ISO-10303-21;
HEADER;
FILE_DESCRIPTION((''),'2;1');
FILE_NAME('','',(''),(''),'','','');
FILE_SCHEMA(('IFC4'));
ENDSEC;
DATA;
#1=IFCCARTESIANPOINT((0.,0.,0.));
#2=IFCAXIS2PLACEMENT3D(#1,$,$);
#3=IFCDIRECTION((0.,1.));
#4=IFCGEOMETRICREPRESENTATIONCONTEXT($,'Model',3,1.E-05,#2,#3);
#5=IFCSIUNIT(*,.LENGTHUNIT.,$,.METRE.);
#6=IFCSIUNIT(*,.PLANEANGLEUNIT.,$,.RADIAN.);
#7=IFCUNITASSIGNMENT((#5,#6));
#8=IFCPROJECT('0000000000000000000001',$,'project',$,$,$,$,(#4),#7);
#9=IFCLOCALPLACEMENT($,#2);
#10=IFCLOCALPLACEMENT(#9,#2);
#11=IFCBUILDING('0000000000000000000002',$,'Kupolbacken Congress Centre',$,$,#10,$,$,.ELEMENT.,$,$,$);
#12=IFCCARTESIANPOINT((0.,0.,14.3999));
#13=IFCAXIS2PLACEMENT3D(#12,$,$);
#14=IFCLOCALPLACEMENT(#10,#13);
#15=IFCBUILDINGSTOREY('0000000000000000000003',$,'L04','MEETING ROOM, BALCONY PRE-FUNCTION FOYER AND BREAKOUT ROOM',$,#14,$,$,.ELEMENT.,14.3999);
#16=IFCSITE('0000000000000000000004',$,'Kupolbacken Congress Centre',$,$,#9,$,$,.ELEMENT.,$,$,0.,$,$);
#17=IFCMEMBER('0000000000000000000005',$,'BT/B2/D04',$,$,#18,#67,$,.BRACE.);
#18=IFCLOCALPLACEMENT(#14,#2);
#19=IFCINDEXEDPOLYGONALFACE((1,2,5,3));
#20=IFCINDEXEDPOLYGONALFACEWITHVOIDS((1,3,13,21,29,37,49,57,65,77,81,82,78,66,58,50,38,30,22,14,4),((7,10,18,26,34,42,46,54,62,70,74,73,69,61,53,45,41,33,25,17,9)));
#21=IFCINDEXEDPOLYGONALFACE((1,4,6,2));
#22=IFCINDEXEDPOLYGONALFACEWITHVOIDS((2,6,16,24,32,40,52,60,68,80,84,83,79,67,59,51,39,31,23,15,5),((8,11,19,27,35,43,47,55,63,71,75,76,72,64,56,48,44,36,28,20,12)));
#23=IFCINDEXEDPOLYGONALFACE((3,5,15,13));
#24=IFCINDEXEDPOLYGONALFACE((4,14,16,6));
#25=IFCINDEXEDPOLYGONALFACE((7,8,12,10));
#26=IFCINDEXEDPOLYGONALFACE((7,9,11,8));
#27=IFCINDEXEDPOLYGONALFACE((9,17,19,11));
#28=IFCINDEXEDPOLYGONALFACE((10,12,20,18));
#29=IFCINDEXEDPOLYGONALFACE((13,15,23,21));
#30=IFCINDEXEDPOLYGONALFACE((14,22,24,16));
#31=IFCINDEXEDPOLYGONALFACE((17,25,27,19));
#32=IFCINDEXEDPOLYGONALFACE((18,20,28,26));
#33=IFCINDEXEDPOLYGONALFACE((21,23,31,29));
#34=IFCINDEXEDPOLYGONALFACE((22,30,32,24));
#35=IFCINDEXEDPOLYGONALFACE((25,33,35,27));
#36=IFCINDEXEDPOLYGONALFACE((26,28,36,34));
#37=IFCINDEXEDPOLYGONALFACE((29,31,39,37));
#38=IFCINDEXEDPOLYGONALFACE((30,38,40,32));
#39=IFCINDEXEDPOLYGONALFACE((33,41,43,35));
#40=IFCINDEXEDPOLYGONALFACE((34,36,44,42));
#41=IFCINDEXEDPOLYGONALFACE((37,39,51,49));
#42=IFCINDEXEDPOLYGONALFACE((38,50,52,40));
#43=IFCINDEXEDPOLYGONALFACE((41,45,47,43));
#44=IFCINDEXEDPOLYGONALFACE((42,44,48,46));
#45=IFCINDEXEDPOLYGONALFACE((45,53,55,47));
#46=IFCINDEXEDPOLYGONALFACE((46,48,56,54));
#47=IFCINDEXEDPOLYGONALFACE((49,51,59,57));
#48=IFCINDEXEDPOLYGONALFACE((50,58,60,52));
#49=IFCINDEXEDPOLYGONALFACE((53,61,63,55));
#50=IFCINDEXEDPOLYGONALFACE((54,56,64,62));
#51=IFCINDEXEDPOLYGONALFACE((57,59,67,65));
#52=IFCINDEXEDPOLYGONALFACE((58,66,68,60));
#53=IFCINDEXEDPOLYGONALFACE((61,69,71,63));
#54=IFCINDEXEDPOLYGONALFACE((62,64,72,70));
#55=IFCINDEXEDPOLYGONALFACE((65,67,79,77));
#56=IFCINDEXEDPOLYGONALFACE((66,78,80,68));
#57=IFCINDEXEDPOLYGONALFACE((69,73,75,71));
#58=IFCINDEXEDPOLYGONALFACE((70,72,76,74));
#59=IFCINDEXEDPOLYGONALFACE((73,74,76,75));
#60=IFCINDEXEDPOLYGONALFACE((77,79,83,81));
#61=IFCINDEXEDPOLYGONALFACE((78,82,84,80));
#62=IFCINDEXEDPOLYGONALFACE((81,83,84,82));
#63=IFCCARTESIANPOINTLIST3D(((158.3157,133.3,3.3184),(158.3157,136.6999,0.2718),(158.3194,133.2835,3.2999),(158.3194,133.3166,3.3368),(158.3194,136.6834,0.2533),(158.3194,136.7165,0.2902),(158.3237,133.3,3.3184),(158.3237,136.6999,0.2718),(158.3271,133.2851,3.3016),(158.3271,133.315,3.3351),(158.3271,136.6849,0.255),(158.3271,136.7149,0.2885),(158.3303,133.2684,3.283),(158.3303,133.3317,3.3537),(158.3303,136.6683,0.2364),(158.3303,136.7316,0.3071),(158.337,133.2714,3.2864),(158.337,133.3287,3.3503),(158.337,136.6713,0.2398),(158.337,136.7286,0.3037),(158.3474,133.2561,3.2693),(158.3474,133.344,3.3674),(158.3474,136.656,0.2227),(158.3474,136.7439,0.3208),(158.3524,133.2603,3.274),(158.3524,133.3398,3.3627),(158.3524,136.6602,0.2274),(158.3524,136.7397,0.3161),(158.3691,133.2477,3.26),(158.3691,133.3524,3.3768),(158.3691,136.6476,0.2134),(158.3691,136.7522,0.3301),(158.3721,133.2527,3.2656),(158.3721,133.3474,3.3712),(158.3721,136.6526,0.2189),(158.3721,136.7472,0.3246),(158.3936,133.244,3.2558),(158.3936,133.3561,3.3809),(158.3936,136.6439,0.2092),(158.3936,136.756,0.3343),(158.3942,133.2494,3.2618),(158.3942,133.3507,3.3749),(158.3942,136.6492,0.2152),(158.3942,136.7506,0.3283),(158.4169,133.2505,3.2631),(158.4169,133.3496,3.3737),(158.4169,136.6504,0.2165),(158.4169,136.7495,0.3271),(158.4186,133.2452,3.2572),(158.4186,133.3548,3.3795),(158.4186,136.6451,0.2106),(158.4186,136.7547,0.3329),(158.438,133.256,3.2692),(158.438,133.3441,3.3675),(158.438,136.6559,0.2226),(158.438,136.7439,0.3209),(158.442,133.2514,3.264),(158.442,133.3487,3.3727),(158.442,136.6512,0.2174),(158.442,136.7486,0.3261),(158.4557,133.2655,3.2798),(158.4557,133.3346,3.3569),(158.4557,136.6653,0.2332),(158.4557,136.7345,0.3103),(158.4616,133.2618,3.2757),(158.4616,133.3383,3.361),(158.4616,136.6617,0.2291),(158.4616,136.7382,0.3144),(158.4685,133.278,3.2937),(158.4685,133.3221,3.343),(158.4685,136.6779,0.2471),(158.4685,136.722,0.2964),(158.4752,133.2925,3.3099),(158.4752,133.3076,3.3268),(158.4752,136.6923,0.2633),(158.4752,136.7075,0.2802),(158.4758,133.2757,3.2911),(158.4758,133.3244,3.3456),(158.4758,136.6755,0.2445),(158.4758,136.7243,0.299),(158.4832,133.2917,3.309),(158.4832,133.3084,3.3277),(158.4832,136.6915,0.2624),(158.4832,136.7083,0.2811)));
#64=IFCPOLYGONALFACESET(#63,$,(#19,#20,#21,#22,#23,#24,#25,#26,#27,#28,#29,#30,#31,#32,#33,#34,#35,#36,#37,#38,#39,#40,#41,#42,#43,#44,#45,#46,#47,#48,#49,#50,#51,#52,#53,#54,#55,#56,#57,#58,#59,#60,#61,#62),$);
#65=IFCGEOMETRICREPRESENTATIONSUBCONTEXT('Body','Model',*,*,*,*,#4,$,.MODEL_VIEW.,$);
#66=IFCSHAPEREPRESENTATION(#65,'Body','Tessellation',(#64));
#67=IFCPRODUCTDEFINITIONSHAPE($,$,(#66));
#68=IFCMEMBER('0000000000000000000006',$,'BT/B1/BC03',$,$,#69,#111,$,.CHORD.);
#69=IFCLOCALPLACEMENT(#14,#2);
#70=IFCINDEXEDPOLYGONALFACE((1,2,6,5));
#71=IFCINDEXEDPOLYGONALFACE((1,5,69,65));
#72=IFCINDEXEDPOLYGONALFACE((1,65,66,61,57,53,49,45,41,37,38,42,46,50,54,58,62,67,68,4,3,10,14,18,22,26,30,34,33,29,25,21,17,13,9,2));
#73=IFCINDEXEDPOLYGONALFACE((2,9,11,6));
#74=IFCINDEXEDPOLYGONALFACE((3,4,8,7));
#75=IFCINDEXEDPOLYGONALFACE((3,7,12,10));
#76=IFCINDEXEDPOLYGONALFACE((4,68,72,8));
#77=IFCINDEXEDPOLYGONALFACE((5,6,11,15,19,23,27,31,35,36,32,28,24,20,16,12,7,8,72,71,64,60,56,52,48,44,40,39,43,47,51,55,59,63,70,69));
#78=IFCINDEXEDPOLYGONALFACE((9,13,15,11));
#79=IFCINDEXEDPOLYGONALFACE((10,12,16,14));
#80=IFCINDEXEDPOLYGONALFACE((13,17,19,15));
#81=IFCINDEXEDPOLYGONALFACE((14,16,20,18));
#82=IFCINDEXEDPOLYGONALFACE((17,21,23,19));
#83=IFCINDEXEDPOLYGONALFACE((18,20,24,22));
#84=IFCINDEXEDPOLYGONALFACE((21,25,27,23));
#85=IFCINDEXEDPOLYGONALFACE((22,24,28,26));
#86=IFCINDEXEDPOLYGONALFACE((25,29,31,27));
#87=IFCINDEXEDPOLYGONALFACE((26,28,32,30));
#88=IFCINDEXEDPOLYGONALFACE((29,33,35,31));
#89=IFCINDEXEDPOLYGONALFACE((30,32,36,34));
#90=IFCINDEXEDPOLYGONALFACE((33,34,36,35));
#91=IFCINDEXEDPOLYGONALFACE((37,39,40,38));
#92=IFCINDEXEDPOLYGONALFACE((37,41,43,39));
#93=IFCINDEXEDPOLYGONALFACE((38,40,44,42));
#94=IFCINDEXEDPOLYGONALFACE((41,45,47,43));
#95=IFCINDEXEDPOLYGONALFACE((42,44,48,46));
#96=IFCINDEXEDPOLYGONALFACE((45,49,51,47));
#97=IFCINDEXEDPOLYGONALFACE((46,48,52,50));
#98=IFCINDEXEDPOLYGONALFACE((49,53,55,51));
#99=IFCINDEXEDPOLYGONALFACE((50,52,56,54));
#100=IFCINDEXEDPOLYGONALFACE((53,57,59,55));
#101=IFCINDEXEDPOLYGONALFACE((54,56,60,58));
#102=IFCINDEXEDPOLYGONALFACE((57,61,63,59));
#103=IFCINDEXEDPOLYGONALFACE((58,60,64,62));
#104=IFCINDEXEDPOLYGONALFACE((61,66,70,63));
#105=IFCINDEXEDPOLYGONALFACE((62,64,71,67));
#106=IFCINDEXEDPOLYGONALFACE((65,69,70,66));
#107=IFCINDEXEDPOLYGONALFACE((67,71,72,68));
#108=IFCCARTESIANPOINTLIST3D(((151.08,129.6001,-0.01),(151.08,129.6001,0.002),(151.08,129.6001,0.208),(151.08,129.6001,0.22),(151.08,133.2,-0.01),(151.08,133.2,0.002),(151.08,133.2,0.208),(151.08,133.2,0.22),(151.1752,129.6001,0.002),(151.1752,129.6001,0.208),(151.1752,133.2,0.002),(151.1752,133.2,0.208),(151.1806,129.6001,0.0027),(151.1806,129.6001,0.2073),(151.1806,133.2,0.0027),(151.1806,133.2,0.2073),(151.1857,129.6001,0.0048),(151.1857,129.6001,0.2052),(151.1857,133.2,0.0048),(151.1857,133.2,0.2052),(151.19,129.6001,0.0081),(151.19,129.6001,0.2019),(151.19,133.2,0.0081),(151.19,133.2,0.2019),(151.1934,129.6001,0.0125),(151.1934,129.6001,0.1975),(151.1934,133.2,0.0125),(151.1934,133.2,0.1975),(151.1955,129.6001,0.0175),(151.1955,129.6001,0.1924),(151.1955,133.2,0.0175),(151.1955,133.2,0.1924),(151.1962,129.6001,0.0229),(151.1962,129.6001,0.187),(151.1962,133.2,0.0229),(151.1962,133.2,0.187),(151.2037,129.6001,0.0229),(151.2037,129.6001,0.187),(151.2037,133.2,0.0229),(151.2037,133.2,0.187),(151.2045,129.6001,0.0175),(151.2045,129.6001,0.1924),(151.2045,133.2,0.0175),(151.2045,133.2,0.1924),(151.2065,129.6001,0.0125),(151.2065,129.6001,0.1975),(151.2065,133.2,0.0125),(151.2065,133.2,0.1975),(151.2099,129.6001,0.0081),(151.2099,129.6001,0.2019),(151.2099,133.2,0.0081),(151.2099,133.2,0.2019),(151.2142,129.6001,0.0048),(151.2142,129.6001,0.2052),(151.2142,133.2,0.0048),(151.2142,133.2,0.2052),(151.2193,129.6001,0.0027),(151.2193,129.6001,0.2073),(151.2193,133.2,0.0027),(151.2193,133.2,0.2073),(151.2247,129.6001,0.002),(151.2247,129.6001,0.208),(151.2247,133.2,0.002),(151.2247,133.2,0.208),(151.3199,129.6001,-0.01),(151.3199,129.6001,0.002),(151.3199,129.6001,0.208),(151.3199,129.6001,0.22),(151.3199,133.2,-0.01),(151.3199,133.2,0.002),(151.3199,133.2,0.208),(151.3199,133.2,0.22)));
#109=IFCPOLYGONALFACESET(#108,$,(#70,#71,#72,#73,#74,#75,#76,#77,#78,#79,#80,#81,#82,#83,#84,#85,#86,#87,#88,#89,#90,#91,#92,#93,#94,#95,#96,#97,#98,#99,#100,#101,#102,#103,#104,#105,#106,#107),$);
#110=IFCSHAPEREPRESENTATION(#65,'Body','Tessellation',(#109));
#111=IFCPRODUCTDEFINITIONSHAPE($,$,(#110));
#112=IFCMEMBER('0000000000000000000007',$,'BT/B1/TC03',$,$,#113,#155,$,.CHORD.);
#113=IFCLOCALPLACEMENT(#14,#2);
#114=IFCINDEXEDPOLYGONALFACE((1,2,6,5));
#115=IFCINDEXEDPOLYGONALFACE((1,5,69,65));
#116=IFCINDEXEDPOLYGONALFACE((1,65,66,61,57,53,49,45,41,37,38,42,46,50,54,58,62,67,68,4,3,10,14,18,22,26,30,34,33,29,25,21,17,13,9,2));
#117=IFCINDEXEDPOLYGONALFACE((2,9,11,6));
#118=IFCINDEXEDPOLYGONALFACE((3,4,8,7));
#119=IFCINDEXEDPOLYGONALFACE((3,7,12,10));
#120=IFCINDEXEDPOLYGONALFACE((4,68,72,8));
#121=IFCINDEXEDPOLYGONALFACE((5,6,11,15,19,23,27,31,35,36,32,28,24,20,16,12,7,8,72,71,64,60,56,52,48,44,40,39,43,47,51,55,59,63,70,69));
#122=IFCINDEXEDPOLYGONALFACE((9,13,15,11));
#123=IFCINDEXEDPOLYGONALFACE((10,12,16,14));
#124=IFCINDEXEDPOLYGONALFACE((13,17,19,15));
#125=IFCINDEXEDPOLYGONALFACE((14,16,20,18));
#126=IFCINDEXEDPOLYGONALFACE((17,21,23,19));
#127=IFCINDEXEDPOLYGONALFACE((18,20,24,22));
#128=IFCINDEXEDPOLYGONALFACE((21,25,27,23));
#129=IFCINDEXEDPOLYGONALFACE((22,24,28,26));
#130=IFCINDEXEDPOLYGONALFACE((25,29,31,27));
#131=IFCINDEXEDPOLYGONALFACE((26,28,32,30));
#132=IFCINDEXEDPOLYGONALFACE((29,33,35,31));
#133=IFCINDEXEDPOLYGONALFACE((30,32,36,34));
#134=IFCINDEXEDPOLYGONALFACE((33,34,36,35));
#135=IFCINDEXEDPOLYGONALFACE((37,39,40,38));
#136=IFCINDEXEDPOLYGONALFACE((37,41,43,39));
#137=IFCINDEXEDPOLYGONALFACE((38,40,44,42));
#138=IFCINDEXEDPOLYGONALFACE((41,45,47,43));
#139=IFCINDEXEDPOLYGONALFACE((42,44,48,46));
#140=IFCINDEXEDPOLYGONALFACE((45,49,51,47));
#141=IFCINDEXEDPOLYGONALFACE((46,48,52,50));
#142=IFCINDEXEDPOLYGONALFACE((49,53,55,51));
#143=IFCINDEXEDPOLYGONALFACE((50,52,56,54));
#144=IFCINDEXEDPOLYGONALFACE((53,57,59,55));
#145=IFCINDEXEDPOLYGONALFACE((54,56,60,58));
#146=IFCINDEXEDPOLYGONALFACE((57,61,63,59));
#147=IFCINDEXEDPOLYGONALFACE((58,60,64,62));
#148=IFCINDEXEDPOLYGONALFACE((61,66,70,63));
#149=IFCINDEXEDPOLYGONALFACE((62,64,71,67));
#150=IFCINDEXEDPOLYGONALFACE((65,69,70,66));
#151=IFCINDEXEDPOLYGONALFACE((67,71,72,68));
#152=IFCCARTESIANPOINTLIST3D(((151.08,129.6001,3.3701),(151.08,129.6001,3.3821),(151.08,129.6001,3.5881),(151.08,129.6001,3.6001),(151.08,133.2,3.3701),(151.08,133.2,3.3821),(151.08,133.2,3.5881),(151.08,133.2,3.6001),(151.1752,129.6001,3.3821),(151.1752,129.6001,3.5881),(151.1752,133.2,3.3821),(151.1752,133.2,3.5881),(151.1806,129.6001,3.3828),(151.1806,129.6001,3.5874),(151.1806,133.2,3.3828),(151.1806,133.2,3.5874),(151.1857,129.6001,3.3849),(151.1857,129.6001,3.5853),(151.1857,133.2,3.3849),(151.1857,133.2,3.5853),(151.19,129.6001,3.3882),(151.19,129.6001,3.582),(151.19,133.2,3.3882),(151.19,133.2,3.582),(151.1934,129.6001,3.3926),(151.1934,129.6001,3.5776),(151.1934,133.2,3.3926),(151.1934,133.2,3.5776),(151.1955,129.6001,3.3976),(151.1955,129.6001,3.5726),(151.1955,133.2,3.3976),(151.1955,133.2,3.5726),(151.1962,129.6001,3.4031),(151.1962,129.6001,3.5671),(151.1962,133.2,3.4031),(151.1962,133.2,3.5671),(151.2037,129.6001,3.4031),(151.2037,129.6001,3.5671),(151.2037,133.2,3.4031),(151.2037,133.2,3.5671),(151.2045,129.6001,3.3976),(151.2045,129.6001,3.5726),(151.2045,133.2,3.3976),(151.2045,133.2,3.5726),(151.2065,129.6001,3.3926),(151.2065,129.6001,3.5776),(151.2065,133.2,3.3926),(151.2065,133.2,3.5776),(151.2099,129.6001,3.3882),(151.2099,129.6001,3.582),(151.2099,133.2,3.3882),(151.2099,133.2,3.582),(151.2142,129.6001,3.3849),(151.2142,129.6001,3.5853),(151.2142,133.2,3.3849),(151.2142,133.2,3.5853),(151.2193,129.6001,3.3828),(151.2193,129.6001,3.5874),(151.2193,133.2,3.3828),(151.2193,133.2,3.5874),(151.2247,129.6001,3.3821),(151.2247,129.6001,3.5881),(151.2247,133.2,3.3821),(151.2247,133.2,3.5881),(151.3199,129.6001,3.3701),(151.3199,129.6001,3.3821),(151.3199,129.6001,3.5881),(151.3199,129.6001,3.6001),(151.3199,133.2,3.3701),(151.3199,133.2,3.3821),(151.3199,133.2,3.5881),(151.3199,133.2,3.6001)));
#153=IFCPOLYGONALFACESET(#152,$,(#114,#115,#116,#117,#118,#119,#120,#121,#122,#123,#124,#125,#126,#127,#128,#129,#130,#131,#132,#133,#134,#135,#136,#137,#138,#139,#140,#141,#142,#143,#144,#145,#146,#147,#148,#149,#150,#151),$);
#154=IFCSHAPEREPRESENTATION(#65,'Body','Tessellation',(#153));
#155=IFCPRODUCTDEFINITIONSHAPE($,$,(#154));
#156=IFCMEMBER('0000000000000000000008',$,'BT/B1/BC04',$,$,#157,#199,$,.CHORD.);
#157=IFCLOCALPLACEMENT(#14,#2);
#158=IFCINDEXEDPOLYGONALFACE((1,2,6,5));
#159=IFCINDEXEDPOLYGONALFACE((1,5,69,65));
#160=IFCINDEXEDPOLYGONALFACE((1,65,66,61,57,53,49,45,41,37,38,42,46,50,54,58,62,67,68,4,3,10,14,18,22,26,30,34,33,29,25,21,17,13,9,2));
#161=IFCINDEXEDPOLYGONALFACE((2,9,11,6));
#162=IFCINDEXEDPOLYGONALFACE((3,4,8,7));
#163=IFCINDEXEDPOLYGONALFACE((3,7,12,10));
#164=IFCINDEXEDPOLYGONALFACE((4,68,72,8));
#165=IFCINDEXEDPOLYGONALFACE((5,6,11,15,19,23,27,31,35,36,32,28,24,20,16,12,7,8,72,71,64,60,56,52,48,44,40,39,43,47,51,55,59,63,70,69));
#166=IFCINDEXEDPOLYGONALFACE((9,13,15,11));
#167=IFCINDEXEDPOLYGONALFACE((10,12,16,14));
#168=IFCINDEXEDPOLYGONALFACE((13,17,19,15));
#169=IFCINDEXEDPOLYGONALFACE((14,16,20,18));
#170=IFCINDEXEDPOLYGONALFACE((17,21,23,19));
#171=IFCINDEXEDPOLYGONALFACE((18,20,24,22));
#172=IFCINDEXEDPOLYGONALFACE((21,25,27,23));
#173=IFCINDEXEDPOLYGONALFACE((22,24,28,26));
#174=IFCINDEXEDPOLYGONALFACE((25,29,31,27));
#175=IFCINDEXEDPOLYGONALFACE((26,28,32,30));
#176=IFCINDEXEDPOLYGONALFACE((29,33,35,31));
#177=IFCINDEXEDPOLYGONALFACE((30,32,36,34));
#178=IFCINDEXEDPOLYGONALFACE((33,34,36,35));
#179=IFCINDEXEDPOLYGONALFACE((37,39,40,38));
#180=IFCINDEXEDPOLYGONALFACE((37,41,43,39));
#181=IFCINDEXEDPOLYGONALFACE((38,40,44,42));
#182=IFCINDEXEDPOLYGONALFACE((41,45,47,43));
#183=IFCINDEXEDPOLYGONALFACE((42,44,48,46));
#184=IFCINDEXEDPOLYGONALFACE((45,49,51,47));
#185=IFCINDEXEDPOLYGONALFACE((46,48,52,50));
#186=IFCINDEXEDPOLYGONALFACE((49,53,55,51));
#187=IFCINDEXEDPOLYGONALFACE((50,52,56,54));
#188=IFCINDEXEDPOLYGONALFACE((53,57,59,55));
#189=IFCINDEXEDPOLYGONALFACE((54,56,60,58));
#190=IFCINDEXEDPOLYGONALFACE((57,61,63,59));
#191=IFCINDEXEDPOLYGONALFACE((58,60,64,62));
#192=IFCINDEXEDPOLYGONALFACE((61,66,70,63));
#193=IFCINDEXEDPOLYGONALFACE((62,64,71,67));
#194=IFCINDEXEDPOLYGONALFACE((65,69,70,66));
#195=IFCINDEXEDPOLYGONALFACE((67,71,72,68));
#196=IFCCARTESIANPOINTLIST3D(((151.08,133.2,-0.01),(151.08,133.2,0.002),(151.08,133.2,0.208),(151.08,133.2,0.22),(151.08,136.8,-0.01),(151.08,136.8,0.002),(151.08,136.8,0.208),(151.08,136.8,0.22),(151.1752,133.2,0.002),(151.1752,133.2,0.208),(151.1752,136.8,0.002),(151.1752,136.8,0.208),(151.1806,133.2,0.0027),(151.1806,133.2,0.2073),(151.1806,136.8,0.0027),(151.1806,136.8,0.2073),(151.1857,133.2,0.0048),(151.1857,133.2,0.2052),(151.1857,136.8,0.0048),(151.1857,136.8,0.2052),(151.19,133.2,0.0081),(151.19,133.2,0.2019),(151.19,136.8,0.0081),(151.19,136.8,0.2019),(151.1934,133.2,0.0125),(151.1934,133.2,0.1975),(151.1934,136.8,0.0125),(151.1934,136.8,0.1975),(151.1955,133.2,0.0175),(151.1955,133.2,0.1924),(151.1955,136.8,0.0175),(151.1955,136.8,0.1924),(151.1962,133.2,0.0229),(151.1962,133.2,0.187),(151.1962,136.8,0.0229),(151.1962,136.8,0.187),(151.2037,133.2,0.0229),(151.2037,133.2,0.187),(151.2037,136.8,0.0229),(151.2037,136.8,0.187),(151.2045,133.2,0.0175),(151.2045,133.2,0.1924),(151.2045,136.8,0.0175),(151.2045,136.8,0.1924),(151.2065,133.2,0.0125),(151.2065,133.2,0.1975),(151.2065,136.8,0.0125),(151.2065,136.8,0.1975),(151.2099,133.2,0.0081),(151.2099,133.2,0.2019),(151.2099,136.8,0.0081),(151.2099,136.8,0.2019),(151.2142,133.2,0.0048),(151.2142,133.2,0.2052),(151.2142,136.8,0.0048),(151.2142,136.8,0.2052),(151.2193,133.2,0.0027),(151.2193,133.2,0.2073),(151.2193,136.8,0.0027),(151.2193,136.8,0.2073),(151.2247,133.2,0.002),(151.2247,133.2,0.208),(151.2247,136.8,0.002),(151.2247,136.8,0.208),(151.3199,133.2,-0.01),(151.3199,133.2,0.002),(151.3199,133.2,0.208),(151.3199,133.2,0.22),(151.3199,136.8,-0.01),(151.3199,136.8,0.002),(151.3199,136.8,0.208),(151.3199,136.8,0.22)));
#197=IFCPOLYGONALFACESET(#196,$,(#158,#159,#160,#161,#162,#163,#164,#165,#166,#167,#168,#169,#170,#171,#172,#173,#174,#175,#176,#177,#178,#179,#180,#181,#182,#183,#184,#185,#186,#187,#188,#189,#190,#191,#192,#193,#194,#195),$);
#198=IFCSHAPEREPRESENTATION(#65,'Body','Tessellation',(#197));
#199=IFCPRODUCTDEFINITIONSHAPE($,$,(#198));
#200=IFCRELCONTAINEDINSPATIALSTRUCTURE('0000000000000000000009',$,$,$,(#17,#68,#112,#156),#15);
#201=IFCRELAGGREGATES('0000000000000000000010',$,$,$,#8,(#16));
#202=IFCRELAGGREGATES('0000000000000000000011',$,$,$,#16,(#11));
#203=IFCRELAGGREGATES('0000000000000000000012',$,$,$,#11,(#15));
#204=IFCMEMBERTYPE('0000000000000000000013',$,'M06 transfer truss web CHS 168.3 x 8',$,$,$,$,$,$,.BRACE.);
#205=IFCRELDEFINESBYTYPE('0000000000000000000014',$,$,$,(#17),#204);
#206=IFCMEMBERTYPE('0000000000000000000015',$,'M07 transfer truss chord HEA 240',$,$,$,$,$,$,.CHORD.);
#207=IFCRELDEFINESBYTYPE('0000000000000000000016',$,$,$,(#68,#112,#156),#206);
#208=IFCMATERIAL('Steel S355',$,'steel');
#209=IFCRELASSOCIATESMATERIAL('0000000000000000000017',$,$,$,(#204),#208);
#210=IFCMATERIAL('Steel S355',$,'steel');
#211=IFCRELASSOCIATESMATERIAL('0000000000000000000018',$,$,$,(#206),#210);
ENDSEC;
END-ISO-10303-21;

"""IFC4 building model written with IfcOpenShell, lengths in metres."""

from ifc_helpers import new_model, si_unit, direction, frame, origin, origin_2d, place, context, subcontext, project, spatial, hollow_circle, i_section, extrude, material, material_profile, profile_set, type_object, element, save


model = new_model("IFC4")

# Units and contexts
model_context = context("Model", 3, precision=1e-05, world=origin(), true_north=direction((0.0, 1.0)))
body_context = subcontext(model_context, "Body", "Model", "MODEL_VIEW")
ifc_project = project(units=[si_unit("LENGTHUNIT", "METRE"), si_unit("PLANEANGLEUNIT", "RADIAN")], contexts=[model_context])

# Site, building, storey
site_placement = place(None, origin())
site = spatial("IfcSite", under=ifc_project, at=site_placement, Name="Kupolbacken Congress Centre", CompositionType="ELEMENT", RefElevation=0.0)
building_placement = place(site_placement, origin())
building = spatial("IfcBuilding", under=site, at=building_placement, Name="Kupolbacken Congress Centre", CompositionType="ELEMENT")
storey_placement = place(building_placement, frame((0.0, 0.0, 14.3999)))
storey = spatial("IfcBuildingStorey", under=building, at=storey_placement, Name="L04", Description="MEETING ROOM, BALCONY PRE-FUNCTION FOYER AND BREAKOUT ROOM", CompositionType="ELEMENT", Elevation=14.3999)

# Members
ifc_material_1 = material(Name="Steel S355", Category="steel")
ifc_material_profile_1 = material_profile(ifc_material_1, hollow_circle(Radius=0.0842, WallThickness=0.0081, at=origin_2d()), Name="CHS 168.3 x 8")
ifc_profile_set_1 = profile_set([ifc_material_profile_1], Name="Steel S355")
member_type_1 = type_object("IfcMemberType", Name="M06 transfer truss web CHS 168.3 x 8", PredefinedType="BRACE", material=ifc_profile_set_1)
member_1_placement = place(storey_placement, frame((158.3999, 133.3, 3.3184), z_axis=(0.0, 0.744739, -0.667356), x_axis=(-1.0, 0.0, 0.0)))
element("IfcMember", 1, at=member_1_placement, inside=storey, type_object=member_type_1, Name="BT/B2/D04", PredefinedType="BRACE", context=body_context, shape_type="SweptSolid", body=[
    extrude(hollow_circle(Radius=0.0842, WallThickness=0.0081, at=origin_2d()), origin(), (0.0, 0.0, 1.0), 4.5652),
])
ifc_material_2 = material(Name="Steel S355", Category="steel")
ifc_material_profile_2 = material_profile(ifc_material_2, i_section(OverallWidth=0.24, OverallDepth=0.23, WebThickness=0.0076, FlangeThickness=0.012, FilletRadius=0.021, at=origin_2d()), Name="HEA 240")
ifc_profile_set_2 = profile_set([ifc_material_profile_2], Name="Steel S355")
member_type_2 = type_object("IfcMemberType", Name="M07 transfer truss chord HEA 240", PredefinedType="CHORD", material=ifc_profile_set_2)
for number, where, z_axis, x_axis, name in (
    (2, (151.2, 129.6001, 0.105), (0.0, 1.0, 0.0), (-1.0, 0.0, 0.0), "BT/B1/BC03"),
    (3, (151.2, 129.6001, 3.4851), (0.0, 1.0, 0.0), (-1.0, 0.0, 0.0), "BT/B1/TC03"),
):
    element("IfcMember", number, at=place(storey_placement, frame(where, z_axis=z_axis, x_axis=x_axis)), inside=storey, type_object=member_type_2, Name=name, PredefinedType="CHORD", context=body_context, shape_type="SweptSolid", body=[
        extrude(i_section(OverallWidth=0.24, OverallDepth=0.23, WebThickness=0.0076, FlangeThickness=0.012, FilletRadius=0.021, at=origin_2d()), origin(), (0.0, 0.0, 1.0), 3.5999),
    ])
for number, where, z_axis, x_axis, name in (
    (4, (151.2, 133.2, 0.105), (0.0, 1.0, 0.0), (-1.0, 0.0, 0.0), "BT/B1/BC04"),
):
    element("IfcMember", number, at=place(storey_placement, frame(where, z_axis=z_axis, x_axis=x_axis)), inside=storey, type_object=member_type_2, Name=name, PredefinedType="CHORD", context=body_context, shape_type="SweptSolid", body=[
        extrude(i_section(OverallWidth=0.24, OverallDepth=0.23, WebThickness=0.0076, FlangeThickness=0.012, FilletRadius=0.021, at=origin_2d()), origin(), (0.0, 0.0, 1.0), 3.6001),
    ])

save(model, "model.ifc")
